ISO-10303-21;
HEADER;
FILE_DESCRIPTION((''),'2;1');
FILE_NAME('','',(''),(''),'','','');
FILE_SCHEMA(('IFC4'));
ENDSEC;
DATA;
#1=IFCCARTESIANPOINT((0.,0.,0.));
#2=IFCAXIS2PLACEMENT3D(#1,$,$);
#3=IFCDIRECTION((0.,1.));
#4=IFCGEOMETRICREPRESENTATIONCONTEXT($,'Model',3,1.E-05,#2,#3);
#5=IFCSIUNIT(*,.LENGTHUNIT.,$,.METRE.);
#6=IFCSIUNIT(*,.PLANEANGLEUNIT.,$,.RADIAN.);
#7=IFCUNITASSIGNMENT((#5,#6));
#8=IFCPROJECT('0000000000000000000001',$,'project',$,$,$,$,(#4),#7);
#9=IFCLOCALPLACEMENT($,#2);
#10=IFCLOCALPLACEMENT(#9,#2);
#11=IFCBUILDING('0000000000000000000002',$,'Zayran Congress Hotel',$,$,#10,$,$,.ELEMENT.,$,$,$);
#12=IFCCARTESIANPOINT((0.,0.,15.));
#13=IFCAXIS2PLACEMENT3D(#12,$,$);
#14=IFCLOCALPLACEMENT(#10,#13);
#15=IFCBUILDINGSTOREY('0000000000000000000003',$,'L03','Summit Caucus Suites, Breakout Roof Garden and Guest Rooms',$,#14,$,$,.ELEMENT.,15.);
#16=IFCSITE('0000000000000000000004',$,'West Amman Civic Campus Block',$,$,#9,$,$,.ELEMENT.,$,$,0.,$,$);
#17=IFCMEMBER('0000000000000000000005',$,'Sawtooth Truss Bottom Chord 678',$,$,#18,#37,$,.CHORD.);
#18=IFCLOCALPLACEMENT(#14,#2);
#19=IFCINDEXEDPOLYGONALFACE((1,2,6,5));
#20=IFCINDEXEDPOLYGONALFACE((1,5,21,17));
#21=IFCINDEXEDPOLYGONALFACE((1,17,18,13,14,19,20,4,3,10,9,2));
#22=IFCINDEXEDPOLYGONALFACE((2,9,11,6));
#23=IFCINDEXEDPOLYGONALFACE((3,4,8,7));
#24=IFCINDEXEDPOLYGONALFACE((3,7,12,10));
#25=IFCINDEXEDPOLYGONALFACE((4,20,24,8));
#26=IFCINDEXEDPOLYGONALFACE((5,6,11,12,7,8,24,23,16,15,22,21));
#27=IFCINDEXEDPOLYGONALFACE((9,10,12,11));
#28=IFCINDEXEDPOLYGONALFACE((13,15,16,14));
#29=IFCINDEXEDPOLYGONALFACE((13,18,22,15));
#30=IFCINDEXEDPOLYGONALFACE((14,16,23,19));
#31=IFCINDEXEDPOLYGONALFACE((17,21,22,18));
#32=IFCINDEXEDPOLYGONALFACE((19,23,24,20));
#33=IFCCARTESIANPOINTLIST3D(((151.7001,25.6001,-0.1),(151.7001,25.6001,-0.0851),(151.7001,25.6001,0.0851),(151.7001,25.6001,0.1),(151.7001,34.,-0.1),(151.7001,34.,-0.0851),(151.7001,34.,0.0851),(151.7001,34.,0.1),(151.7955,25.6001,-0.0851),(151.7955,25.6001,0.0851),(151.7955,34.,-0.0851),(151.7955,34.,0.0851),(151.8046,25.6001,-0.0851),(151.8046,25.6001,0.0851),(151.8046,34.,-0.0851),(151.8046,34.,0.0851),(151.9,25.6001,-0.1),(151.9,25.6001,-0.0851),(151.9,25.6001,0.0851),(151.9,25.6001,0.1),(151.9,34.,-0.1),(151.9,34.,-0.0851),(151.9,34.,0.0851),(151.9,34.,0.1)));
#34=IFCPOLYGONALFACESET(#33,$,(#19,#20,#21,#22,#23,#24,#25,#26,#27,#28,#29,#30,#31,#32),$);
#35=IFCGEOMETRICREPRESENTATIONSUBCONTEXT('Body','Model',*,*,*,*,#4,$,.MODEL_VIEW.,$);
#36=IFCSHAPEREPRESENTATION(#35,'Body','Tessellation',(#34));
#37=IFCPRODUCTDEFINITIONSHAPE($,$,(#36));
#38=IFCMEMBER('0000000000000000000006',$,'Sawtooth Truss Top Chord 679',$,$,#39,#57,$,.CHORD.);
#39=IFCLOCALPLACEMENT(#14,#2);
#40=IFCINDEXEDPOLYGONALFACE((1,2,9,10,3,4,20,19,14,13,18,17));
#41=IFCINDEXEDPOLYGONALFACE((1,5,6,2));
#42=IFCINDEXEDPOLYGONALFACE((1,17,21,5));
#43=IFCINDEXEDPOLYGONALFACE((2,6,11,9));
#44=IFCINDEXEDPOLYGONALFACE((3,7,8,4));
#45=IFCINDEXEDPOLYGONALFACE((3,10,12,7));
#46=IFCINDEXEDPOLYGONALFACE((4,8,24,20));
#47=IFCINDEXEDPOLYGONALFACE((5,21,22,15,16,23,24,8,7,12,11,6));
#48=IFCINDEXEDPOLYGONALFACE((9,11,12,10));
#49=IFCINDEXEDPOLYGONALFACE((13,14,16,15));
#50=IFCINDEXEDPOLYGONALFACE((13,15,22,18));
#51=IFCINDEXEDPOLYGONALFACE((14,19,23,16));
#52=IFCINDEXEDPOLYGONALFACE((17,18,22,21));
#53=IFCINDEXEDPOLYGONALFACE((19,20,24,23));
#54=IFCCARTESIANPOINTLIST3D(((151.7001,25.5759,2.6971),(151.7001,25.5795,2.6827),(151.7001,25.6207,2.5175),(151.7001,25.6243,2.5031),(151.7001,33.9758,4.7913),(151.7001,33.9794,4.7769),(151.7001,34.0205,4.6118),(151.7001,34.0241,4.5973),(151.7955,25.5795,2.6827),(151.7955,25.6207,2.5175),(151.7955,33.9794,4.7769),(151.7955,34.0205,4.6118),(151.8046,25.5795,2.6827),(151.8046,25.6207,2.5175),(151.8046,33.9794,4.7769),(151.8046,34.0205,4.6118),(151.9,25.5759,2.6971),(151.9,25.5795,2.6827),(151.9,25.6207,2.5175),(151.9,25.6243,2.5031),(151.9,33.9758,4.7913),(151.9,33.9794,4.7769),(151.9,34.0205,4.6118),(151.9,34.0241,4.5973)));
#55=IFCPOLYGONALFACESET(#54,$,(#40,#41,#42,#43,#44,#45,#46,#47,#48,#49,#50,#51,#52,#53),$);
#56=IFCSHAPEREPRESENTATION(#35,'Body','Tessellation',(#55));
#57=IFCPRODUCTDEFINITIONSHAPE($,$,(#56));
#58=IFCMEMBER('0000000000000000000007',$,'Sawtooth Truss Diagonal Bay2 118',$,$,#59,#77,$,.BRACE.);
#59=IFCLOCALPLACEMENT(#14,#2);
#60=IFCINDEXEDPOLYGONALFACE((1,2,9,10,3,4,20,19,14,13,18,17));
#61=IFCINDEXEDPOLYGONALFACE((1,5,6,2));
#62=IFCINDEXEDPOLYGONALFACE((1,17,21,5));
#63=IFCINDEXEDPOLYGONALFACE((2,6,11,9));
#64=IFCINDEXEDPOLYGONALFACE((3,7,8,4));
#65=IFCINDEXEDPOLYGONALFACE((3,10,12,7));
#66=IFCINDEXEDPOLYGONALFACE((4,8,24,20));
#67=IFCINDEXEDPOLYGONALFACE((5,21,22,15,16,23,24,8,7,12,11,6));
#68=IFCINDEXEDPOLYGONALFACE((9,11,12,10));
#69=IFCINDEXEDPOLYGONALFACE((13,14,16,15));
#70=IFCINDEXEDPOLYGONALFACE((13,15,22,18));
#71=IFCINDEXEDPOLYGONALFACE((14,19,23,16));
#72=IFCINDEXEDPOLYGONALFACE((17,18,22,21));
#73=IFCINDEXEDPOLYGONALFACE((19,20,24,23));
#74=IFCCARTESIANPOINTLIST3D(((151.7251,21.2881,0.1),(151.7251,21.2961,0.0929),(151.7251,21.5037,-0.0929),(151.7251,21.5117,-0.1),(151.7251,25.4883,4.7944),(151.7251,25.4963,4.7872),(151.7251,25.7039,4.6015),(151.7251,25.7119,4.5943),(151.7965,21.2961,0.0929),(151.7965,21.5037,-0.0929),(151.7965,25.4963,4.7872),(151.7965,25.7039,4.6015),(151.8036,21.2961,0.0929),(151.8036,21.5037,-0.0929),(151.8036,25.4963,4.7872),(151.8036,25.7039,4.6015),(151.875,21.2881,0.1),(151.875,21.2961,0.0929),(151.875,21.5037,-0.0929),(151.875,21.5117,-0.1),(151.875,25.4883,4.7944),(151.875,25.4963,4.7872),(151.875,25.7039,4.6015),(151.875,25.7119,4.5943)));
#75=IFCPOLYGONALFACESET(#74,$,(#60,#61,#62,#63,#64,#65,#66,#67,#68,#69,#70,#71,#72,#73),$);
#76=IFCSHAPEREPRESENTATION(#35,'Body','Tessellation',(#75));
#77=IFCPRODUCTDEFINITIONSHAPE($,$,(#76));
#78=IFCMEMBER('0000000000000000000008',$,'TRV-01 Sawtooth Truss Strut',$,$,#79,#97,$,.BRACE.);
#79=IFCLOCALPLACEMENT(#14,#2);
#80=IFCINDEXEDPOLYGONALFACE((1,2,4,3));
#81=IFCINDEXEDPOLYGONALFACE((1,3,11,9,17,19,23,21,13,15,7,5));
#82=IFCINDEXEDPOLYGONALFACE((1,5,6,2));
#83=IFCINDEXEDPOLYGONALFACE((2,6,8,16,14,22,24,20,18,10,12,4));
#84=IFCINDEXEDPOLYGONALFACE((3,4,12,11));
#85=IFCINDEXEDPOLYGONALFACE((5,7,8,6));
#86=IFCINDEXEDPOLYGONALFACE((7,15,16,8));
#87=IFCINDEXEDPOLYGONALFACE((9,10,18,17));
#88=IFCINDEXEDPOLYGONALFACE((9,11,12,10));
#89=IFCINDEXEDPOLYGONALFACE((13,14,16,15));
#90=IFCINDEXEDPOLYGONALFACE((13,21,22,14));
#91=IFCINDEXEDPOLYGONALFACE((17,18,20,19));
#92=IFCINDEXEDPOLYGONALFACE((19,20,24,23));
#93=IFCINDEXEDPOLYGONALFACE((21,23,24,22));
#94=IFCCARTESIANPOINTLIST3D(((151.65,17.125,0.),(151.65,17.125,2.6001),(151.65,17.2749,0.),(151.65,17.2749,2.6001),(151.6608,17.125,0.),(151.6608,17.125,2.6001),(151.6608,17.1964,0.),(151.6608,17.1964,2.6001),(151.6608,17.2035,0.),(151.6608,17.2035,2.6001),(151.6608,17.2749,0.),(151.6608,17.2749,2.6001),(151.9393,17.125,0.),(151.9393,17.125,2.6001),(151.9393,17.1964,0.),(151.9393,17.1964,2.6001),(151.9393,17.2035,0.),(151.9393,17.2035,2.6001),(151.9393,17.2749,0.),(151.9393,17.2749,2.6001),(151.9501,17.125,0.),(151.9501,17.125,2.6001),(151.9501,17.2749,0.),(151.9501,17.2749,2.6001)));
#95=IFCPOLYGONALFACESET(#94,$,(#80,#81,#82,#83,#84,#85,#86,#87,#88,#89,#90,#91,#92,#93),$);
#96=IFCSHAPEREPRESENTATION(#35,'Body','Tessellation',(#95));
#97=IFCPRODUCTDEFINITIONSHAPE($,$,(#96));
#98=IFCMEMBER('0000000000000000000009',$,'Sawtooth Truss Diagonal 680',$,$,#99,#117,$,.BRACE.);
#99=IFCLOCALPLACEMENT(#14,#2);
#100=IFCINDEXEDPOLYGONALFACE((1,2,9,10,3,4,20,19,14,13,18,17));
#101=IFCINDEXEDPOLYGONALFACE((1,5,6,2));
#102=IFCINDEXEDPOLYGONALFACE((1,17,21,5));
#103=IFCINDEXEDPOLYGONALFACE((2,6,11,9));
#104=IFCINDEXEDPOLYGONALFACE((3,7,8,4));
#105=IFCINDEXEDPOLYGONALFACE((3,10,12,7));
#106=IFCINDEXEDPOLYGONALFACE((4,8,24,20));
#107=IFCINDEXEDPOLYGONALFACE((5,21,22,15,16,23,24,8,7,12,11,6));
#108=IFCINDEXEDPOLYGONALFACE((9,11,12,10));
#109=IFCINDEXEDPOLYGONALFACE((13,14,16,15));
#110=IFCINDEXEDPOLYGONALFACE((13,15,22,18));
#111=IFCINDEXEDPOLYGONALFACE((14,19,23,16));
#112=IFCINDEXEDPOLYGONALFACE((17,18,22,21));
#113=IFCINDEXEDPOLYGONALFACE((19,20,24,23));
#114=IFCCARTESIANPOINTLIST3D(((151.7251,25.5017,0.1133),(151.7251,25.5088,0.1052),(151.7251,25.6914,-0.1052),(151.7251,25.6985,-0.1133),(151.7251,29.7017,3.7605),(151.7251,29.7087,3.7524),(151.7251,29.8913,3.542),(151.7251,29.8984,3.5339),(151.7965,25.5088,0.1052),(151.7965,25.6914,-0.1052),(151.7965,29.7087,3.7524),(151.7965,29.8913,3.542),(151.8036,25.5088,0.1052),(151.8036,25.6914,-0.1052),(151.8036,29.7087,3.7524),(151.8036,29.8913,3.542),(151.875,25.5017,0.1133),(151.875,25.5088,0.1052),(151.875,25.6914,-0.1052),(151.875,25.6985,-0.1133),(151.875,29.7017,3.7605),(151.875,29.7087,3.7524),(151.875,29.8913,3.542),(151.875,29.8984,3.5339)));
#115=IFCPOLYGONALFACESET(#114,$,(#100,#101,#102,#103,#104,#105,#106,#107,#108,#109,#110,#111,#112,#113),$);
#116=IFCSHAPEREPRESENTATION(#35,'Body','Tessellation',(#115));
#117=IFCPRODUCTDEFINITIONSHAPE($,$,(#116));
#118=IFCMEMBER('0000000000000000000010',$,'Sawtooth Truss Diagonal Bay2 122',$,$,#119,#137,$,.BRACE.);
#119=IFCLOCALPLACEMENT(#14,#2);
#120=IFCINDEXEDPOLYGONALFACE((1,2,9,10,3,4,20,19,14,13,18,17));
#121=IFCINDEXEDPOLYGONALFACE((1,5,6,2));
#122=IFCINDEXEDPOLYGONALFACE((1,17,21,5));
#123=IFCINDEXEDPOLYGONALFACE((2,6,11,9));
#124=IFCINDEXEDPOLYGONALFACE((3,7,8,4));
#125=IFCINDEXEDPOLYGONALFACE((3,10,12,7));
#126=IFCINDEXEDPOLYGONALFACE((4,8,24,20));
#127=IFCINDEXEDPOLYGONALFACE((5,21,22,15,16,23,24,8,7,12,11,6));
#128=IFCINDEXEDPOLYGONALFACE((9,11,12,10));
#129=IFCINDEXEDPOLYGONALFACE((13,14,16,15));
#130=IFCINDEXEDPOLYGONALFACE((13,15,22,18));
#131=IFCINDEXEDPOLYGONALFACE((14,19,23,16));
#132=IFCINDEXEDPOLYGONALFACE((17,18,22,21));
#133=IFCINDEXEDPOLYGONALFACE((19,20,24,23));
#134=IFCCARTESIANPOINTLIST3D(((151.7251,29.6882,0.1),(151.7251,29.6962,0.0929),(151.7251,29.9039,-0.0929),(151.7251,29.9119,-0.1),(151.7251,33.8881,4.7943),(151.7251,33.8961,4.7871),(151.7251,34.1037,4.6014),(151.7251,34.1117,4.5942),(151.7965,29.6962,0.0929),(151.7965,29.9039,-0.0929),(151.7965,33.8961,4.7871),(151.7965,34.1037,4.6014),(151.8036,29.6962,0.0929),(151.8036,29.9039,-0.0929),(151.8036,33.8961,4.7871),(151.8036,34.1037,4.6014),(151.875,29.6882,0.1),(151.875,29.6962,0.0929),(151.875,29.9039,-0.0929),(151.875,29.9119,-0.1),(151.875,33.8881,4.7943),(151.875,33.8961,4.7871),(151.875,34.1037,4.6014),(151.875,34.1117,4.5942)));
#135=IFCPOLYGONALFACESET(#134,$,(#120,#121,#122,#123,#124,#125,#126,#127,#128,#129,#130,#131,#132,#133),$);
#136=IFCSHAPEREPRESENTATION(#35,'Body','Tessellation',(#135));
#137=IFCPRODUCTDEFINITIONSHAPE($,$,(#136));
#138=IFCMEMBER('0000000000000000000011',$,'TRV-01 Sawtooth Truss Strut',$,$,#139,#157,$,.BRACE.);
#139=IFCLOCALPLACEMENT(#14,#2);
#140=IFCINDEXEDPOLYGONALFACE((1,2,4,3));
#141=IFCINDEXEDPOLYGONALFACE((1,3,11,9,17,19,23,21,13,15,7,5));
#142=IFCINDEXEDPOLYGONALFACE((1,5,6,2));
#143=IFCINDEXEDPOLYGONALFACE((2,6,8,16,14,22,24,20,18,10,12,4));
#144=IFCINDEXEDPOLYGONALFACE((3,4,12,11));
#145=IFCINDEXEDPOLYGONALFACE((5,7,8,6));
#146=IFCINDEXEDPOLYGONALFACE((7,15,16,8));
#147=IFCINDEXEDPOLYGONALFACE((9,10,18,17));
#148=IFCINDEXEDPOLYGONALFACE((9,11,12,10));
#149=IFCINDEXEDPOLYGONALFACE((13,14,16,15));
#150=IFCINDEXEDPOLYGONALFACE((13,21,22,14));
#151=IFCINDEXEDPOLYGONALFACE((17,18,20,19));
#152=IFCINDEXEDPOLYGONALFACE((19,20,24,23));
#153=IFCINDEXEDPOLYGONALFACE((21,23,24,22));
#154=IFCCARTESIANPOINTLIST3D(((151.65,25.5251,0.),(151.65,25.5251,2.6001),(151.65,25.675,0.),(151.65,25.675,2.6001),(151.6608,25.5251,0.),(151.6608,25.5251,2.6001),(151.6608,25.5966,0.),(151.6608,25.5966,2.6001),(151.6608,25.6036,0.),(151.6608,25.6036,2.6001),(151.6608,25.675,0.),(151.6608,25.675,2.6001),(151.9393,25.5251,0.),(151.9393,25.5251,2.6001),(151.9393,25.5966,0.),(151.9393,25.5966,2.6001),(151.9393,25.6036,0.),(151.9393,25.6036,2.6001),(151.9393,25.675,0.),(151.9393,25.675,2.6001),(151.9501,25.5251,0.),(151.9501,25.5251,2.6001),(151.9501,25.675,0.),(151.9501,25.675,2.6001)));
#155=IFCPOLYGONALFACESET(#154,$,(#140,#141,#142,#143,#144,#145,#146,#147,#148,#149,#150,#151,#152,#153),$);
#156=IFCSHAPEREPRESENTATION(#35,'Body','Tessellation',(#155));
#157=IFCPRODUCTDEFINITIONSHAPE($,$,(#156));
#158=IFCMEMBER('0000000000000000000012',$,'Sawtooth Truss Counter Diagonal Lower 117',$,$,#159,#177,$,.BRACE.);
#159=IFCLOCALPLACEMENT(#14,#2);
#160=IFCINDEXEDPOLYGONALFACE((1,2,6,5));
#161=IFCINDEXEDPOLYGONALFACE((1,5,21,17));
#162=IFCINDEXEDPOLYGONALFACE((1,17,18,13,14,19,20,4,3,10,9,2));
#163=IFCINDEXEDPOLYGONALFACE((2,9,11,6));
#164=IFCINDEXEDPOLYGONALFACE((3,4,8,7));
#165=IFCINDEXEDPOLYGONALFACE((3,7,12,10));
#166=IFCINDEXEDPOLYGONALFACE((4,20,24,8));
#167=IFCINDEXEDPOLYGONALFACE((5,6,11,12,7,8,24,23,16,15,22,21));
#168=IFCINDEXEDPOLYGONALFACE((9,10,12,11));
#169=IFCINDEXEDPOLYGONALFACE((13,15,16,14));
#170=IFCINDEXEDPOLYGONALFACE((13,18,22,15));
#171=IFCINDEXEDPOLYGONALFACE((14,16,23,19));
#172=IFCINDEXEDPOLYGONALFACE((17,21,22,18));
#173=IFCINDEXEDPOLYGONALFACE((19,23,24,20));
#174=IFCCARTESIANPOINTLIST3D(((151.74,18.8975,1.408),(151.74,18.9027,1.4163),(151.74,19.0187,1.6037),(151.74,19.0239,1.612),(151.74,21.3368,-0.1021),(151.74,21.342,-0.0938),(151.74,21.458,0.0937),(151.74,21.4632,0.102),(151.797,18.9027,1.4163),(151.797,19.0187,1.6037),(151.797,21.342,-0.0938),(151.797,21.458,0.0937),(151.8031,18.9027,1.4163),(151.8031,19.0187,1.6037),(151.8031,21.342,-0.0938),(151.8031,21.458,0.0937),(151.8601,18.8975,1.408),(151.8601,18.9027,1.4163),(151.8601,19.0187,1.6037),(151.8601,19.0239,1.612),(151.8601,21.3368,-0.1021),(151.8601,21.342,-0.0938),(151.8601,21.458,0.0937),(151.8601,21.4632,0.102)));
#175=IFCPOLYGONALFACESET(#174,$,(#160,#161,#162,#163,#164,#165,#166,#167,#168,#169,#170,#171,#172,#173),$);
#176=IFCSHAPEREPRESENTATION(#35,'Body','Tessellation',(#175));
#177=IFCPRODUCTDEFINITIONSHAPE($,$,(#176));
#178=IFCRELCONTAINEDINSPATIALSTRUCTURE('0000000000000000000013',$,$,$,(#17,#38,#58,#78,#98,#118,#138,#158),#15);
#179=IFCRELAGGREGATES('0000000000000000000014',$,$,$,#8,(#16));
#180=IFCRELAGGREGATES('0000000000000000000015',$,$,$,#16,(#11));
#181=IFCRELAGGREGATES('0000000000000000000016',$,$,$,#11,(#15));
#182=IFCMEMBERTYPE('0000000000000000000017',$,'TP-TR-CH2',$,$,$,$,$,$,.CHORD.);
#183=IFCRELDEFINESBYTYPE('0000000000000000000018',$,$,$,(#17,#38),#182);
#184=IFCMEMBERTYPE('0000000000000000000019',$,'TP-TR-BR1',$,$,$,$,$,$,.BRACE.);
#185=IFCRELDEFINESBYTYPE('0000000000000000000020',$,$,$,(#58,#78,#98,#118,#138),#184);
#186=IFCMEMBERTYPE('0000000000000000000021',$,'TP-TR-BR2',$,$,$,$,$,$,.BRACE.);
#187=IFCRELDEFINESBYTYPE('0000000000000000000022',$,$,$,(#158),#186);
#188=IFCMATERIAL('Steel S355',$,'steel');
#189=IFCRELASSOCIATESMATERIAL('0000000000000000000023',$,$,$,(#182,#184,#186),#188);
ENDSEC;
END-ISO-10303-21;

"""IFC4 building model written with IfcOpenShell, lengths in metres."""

from ifc_helpers import new_model, si_unit, direction, frame, origin, origin_2d, place, context, subcontext, project, spatial, i_section, extrude, material, material_profile, profile_set, type_object, element, save


model = new_model("IFC4")

# Units and contexts
model_context = context("Model", 3, precision=1e-05, world=origin(), true_north=direction((0.0, 1.0)))
body_context = subcontext(model_context, "Body", "Model", "MODEL_VIEW")
ifc_project = project(units=[si_unit("LENGTHUNIT", "METRE"), si_unit("PLANEANGLEUNIT", "RADIAN")], contexts=[model_context])

# Site, building, storey
site_placement = place(None, origin())
site = spatial("IfcSite", under=ifc_project, at=site_placement, Name="West Amman Civic Campus Block", CompositionType="ELEMENT", RefElevation=0.0)
building_placement = place(site_placement, origin())
building = spatial("IfcBuilding", under=site, at=building_placement, Name="Zayran Congress Hotel", CompositionType="ELEMENT")
storey_placement = place(building_placement, frame((0.0, 0.0, 15.0)))
storey = spatial("IfcBuildingStorey", under=building, at=storey_placement, Name="L03", Description="Summit Caucus Suites, Breakout Roof Garden and Guest Rooms", CompositionType="ELEMENT", Elevation=15.0)

# Members
ifc_material_1 = material(Name="Steel S355", Category="steel")
ifc_material_profile_1 = material_profile(ifc_material_1, i_section(OverallWidth=0.2, OverallDepth=0.2, WebThickness=0.009, FlangeThickness=0.0149, at=origin_2d()), Name="HEB 200")
ifc_profile_set_1 = profile_set([ifc_material_profile_1], Name="Steel S355")
member_type_1 = type_object("IfcMemberType", Name="TP-TR-CH2", PredefinedType="CHORD", material=ifc_profile_set_1)
member_1_placement = place(storey_placement, frame((151.8, 25.6001, 0.0), z_axis=(0.0, 1.0, 0.0), x_axis=(-1.0, 0.0, 0.0)))
element("IfcMember", 1, at=member_1_placement, inside=storey, type_object=member_type_1, Name="Sawtooth Truss Bottom Chord 678", PredefinedType="CHORD", context=body_context, shape_type="SweptSolid", body=[
    extrude(i_section(OverallWidth=0.2, OverallDepth=0.2, WebThickness=0.009, FlangeThickness=0.0149, at=origin_2d()), origin(), (0.0, 0.0, 1.0), 8.3999),
])
member_2_placement = place(storey_placement, frame((151.8, 25.6001, 2.6001), z_axis=(0.0, 0.970298, 0.241912), x_axis=(-1.0, 0.0, 0.0)))
element("IfcMember", 2, at=member_2_placement, inside=storey, type_object=member_type_1, Name="Sawtooth Truss Top Chord 679", PredefinedType="CHORD", context=body_context, shape_type="SweptSolid", body=[
    extrude(i_section(OverallWidth=0.2, OverallDepth=0.2, WebThickness=0.009, FlangeThickness=0.0149, at=origin_2d()), origin(), (0.0, 0.0, 1.0), 8.657),
])
ifc_material_profile_2 = material_profile(ifc_material_1, i_section(OverallWidth=0.1499, OverallDepth=0.3, WebThickness=0.0071, FlangeThickness=0.0107, at=origin_2d()), Name="IPE 300")
ifc_profile_set_2 = profile_set([ifc_material_profile_2], Name="Steel S355")
member_type_2 = type_object("IfcMemberType", Name="TP-TR-BR1", PredefinedType="BRACE", material=ifc_profile_set_2)
member_3_placement = place(storey_placement, frame((151.8, 21.3999, 0.0), z_axis=(0.0, 0.666795, 0.745241), x_axis=(-1.0, 0.0, 0.0)))
element("IfcMember", 3, at=member_3_placement, inside=storey, type_object=member_type_2, Name="Sawtooth Truss Diagonal Bay2 118", PredefinedType="BRACE", context=body_context, shape_type="SweptSolid", body=[
    extrude(i_section(OverallWidth=0.1499, OverallDepth=0.3, WebThickness=0.0071, FlangeThickness=0.0107, at=origin_2d()), origin(), (0.0, 0.0, 1.0), 6.2991),
])
member_4_placement = place(storey_placement, frame((151.8, 17.2, 0.0), z_axis=(0.0, 0.0, 1.0), x_axis=(0.0, 1.0, 0.0)))
element("IfcMember", 4, at=member_4_placement, inside=storey, type_object=member_type_2, Name="TRV-01 Sawtooth Truss Strut", PredefinedType="BRACE", context=body_context, shape_type="SweptSolid", body=[
    extrude(i_section(OverallWidth=0.1499, OverallDepth=0.3, WebThickness=0.0071, FlangeThickness=0.0107, at=origin_2d()), origin(), (0.0, 0.0, 1.0), 2.6001),
])
member_5_placement = place(storey_placement, frame((151.8, 25.6001, 0.0), z_axis=(0.0, 0.755043, 0.655675), x_axis=(-1.0, 0.0, 0.0)))
element("IfcMember", 5, at=member_5_placement, inside=storey, type_object=member_type_2, Name="Sawtooth Truss Diagonal 680", PredefinedType="BRACE", context=body_context, shape_type="SweptSolid", body=[
    extrude(i_section(OverallWidth=0.1499, OverallDepth=0.3, WebThickness=0.0071, FlangeThickness=0.0107, at=origin_2d()), origin(), (0.0, 0.0, 1.0), 5.5625),
])
member_6_placement = place(storey_placement, frame((151.8, 29.8, 0.0), z_axis=(0.0, 0.666773, 0.745261), x_axis=(-1.0, 0.0, 0.0)))
element("IfcMember", 6, at=member_6_placement, inside=storey, type_object=member_type_2, Name="Sawtooth Truss Diagonal Bay2 122", PredefinedType="BRACE", context=body_context, shape_type="SweptSolid", body=[
    extrude(i_section(OverallWidth=0.1499, OverallDepth=0.3, WebThickness=0.0071, FlangeThickness=0.0107, at=origin_2d()), origin(), (0.0, 0.0, 1.0), 6.2988),
])
member_7_placement = place(storey_placement, frame((151.8, 25.6001, 0.0), z_axis=(0.0, 0.0, 1.0), x_axis=(0.0, 1.0, 0.0)))
element("IfcMember", 7, at=member_7_placement, inside=storey, type_object=member_type_2, Name="TRV-01 Sawtooth Truss Strut", PredefinedType="BRACE", context=body_context, shape_type="SweptSolid", body=[
    extrude(i_section(OverallWidth=0.1499, OverallDepth=0.3, WebThickness=0.0071, FlangeThickness=0.0107, at=origin_2d()), origin(), (0.0, 0.0, 1.0), 2.6001),
])
ifc_material_profile_3 = material_profile(ifc_material_1, i_section(OverallWidth=0.1201, OverallDepth=0.24, WebThickness=0.0061, FlangeThickness=0.0098, at=origin_2d()), Name="IPE 240")
ifc_profile_set_3 = profile_set([ifc_material_profile_3], Name="Steel S355")
member_type_3 = type_object("IfcMemberType", Name="TP-TR-BR2", PredefinedType="BRACE", material=ifc_profile_set_3)
member_8_placement = place(storey_placement, frame((151.8, 18.9607, 1.51), z_axis=(0.0, 0.850262, -0.52636), x_axis=(-1.0, 0.0, 0.0)))
element("IfcMember", 8, at=member_8_placement, inside=storey, type_object=member_type_3, Name="Sawtooth Truss Counter Diagonal Lower 117", PredefinedType="BRACE", context=body_context, shape_type="SweptSolid", body=[
    extrude(i_section(OverallWidth=0.1201, OverallDepth=0.24, WebThickness=0.0061, FlangeThickness=0.0098, at=origin_2d()), origin(), (0.0, 0.0, 1.0), 2.8689),
])

save(model, "model.ifc")
